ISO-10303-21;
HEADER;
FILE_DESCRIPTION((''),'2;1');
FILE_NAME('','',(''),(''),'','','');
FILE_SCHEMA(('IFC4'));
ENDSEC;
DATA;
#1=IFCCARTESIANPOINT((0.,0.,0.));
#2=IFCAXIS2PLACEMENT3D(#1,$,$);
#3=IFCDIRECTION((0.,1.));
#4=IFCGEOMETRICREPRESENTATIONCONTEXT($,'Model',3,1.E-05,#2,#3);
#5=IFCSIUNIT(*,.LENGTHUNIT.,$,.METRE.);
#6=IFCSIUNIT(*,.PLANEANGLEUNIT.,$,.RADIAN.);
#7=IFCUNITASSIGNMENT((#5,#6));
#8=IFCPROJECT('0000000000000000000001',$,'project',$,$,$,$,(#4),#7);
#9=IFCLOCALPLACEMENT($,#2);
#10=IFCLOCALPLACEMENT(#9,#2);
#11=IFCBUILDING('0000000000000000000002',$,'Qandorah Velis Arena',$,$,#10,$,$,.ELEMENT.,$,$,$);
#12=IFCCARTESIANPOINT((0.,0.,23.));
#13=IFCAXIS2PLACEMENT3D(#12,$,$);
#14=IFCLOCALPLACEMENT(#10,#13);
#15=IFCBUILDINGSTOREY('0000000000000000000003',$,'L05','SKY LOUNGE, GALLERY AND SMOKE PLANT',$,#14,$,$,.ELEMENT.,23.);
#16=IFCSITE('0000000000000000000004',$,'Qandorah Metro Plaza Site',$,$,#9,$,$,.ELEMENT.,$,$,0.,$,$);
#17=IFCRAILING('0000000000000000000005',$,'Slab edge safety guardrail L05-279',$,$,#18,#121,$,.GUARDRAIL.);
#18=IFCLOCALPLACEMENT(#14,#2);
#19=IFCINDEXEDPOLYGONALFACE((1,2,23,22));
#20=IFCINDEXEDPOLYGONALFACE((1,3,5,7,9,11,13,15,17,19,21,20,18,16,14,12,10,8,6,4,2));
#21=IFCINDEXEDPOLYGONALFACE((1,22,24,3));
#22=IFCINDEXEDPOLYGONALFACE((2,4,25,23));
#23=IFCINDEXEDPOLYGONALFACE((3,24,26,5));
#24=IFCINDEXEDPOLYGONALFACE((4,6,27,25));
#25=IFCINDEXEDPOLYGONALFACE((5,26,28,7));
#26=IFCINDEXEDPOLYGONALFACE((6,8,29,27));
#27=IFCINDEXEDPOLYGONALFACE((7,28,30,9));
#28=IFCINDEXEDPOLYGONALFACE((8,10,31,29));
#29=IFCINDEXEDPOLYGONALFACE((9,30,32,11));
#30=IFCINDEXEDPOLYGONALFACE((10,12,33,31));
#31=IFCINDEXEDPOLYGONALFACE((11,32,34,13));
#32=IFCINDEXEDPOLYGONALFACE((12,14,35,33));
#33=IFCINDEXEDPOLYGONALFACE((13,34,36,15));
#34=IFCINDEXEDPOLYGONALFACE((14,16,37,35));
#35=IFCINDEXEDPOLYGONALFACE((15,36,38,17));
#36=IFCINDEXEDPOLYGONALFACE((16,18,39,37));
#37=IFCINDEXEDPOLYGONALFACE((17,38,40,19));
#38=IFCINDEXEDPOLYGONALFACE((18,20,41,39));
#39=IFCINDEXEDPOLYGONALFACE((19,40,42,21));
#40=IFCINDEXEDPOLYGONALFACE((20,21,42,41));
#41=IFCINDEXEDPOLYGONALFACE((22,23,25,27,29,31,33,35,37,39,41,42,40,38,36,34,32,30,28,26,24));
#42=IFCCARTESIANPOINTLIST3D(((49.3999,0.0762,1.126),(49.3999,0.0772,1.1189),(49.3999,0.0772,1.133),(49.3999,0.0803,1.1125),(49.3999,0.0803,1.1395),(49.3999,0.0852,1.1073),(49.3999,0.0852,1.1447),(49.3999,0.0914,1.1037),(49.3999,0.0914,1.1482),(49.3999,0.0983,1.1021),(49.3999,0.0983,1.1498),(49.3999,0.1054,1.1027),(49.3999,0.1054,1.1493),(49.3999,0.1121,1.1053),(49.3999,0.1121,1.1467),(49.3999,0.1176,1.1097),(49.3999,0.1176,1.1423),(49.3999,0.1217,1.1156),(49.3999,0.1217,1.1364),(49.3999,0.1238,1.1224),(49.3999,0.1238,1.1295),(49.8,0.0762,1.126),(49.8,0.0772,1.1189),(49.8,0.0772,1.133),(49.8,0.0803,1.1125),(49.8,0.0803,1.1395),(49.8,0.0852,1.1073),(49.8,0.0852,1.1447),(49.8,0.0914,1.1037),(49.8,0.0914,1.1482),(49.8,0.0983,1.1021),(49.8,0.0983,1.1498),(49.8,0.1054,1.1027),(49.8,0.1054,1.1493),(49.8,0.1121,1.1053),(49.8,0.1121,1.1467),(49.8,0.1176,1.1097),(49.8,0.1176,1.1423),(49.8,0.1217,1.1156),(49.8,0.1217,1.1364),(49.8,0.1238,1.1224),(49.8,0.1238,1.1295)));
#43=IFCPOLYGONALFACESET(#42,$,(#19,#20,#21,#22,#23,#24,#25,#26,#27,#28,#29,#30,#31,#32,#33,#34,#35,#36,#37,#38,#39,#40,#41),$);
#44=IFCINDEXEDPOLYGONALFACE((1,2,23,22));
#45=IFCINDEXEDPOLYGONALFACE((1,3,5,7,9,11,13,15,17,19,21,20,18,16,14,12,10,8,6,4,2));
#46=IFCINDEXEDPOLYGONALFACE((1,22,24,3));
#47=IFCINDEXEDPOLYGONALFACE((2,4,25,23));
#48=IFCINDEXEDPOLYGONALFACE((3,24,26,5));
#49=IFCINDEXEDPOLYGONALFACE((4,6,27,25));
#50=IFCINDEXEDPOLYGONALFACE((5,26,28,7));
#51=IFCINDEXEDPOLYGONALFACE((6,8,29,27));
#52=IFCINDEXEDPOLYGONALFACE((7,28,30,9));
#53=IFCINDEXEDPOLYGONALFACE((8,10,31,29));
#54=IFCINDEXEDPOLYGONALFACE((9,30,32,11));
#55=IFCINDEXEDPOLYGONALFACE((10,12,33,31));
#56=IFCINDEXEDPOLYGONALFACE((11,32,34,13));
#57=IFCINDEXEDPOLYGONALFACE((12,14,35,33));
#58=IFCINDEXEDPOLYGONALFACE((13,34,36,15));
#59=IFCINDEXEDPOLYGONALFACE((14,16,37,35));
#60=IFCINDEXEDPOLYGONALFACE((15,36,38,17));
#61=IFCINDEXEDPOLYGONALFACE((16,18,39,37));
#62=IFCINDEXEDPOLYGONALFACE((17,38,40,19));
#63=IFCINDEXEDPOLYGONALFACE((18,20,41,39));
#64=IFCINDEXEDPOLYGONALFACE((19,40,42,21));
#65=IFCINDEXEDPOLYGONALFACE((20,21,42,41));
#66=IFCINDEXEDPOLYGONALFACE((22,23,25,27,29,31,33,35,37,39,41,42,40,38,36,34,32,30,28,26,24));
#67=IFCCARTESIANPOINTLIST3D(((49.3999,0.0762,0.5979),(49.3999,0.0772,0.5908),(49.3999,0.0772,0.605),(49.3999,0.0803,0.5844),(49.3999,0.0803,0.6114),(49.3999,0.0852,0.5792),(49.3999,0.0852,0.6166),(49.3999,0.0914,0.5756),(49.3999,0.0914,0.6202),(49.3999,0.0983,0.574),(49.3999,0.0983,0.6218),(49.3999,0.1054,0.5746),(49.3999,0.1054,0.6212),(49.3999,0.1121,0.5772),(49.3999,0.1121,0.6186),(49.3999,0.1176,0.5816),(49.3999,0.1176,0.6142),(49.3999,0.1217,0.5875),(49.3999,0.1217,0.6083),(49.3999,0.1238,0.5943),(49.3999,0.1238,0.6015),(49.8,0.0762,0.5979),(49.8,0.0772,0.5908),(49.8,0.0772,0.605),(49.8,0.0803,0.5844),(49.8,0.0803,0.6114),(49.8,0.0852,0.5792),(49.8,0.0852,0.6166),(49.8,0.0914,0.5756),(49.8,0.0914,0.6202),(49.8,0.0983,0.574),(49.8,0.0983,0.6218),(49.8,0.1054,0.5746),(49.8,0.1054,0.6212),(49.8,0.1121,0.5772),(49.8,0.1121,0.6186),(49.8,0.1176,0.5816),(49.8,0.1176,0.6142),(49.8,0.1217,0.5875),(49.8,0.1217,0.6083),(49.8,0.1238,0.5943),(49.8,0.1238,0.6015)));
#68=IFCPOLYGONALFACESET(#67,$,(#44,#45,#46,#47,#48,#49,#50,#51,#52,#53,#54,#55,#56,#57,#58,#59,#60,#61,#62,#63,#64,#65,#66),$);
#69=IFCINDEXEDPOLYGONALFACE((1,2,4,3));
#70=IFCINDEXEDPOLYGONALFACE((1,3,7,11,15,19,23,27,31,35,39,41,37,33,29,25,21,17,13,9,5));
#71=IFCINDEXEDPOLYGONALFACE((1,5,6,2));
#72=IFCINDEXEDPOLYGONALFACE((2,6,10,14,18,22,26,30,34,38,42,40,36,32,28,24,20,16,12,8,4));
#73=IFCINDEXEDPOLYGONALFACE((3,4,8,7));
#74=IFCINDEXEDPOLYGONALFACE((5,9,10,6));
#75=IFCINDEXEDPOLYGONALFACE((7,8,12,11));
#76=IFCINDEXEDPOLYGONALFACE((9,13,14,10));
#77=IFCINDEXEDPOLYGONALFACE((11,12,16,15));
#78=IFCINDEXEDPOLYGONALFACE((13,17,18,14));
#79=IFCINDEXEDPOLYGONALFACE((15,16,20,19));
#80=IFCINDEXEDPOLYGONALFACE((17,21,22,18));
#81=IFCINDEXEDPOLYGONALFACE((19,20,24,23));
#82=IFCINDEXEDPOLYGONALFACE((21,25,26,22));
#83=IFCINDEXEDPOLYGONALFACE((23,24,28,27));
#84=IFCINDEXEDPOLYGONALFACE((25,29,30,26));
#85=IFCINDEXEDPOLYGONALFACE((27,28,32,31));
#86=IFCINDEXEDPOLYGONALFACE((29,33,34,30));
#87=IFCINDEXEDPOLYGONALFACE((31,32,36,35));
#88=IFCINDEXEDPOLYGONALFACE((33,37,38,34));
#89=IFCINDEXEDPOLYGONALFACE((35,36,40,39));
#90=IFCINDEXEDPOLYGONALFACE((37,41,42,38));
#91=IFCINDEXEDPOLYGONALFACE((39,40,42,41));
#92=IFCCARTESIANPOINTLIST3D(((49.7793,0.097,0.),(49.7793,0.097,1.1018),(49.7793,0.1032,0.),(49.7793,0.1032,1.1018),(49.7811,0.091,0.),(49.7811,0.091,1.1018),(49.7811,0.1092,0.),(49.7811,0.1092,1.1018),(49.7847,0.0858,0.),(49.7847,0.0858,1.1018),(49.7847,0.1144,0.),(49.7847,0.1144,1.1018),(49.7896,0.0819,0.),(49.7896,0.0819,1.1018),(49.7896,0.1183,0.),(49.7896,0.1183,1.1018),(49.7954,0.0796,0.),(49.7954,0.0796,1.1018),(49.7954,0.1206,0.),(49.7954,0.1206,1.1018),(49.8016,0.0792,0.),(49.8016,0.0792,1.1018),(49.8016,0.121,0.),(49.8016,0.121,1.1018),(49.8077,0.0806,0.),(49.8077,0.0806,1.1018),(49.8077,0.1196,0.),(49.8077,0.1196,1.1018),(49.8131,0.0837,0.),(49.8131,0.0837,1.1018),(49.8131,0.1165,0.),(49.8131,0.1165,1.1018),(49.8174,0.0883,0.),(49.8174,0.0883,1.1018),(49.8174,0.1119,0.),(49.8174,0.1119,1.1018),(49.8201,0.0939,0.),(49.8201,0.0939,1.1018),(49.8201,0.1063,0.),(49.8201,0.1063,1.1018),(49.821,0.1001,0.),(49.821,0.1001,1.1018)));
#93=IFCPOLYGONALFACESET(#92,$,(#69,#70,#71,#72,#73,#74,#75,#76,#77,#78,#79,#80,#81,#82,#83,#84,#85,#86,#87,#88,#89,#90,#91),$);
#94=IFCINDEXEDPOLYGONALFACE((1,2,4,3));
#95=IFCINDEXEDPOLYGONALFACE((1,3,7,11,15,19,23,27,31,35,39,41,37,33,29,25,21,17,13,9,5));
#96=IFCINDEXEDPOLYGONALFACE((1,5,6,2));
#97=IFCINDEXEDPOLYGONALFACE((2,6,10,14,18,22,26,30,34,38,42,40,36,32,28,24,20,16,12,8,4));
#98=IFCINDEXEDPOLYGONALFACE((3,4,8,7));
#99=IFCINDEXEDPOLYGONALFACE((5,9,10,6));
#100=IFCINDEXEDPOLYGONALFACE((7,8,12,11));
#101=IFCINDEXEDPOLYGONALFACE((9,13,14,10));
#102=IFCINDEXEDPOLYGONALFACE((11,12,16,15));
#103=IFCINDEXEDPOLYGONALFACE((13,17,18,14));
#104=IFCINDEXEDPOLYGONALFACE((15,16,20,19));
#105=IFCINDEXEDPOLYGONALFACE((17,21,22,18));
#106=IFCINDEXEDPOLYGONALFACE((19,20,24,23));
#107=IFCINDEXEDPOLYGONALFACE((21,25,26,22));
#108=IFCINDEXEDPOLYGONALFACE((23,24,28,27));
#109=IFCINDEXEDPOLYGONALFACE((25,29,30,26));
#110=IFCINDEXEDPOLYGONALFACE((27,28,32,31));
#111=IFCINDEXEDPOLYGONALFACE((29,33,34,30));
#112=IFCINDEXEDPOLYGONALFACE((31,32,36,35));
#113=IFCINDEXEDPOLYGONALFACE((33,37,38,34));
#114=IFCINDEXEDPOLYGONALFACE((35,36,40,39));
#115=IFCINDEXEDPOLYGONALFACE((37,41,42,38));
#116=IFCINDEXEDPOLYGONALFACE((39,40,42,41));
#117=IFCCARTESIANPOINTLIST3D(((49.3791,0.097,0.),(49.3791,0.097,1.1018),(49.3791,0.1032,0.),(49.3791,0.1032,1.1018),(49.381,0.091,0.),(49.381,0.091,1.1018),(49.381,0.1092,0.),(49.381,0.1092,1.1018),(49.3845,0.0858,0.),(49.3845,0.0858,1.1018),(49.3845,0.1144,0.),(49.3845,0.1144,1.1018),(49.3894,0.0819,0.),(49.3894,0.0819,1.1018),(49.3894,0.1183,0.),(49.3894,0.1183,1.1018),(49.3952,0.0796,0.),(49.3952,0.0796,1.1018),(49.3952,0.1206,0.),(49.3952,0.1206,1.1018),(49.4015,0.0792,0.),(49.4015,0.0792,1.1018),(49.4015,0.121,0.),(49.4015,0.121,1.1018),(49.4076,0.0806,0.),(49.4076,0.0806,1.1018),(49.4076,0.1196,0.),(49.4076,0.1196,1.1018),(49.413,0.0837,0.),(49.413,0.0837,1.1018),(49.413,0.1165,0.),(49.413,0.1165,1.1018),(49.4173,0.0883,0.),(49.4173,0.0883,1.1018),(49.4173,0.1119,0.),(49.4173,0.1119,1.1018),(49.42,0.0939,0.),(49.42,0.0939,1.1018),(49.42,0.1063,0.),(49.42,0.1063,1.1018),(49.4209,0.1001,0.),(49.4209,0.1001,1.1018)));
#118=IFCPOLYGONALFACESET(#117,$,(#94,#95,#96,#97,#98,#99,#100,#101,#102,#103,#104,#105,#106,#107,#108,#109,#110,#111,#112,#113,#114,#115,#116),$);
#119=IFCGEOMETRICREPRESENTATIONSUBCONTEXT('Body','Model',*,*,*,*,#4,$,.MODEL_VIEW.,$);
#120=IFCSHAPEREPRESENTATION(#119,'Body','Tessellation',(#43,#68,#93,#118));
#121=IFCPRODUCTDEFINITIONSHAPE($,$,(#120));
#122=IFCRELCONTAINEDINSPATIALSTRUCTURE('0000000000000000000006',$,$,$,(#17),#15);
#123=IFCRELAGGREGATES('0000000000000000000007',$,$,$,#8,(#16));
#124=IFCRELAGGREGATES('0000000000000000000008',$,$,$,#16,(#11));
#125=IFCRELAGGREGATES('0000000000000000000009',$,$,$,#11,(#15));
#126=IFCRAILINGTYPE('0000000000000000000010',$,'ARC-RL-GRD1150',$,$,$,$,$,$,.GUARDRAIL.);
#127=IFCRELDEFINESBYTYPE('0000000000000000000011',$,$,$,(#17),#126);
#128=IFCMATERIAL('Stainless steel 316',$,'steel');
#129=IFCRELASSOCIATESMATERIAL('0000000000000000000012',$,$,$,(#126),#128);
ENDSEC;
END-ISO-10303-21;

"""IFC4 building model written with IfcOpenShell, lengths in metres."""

from ifc_helpers import new_model, si_unit, direction, frame, origin, origin_2d, place, context, subcontext, project, spatial, circle, extrude, material, type_object, element, save


model = new_model("IFC4")

# Units and contexts
model_context = context("Model", 3, precision=1e-05, world=origin(), true_north=direction((0.0, 1.0)))
body_context = subcontext(model_context, "Body", "Model", "MODEL_VIEW")
ifc_project = project(units=[si_unit("LENGTHUNIT", "METRE"), si_unit("PLANEANGLEUNIT", "RADIAN")], contexts=[model_context])

# Site, building, storey
site_placement = place(None, origin())
site = spatial("IfcSite", under=ifc_project, at=site_placement, Name="Qandorah Metro Plaza Site", CompositionType="ELEMENT", RefElevation=0.0)
building_placement = place(site_placement, origin())
building = spatial("IfcBuilding", under=site, at=building_placement, Name="Qandorah Velis Arena", CompositionType="ELEMENT")
storey_placement = place(building_placement, frame((0.0, 0.0, 23.0)))
storey = spatial("IfcBuildingStorey", under=building, at=storey_placement, Name="L05", Description="SKY LOUNGE, GALLERY AND SMOKE PLANT", CompositionType="ELEMENT", Elevation=23.0)

# Railing
ifc_material_1 = material(Name="Stainless steel 316", Category="steel")
railing_type = type_object("IfcRailingType", Name="ARC-RL-GRD1150", PredefinedType="GUARDRAIL", material=ifc_material_1)
railing_1_placement = place(storey_placement, frame((49.8, 0.1001, 0.0)))
element("IfcRailing", 1, at=railing_1_placement, inside=storey, type_object=railing_type, Name="Slab edge safety guardrail L05-279", PredefinedType="GUARDRAIL", context=body_context, shape_type="SweptSolid", body=[
    extrude(circle(Radius=0.0239, at=origin_2d()), frame((0.0, 0.0, 1.126), z_axis=(-1.0, 0.0, 0.0), x_axis=(0.0, -1.0, 0.0)), (0.0, 0.0, 1.0), 0.4001),
    extrude(circle(Radius=0.0239, at=origin_2d()), frame((0.0, 0.0, 0.5979), z_axis=(-1.0, 0.0, 0.0), x_axis=(0.0, -1.0, 0.0)), (0.0, 0.0, 1.0), 0.4001),
    extrude(circle(Radius=0.021, at=origin_2d()), origin(), (0.0, 0.0, 1.0), 1.1018),
    extrude(circle(Radius=0.021, at=origin_2d()), frame((-0.4001, 0.0, 0.0)), (0.0, 0.0, 1.0), 1.1018),
])

save(model, "model.ifc")
